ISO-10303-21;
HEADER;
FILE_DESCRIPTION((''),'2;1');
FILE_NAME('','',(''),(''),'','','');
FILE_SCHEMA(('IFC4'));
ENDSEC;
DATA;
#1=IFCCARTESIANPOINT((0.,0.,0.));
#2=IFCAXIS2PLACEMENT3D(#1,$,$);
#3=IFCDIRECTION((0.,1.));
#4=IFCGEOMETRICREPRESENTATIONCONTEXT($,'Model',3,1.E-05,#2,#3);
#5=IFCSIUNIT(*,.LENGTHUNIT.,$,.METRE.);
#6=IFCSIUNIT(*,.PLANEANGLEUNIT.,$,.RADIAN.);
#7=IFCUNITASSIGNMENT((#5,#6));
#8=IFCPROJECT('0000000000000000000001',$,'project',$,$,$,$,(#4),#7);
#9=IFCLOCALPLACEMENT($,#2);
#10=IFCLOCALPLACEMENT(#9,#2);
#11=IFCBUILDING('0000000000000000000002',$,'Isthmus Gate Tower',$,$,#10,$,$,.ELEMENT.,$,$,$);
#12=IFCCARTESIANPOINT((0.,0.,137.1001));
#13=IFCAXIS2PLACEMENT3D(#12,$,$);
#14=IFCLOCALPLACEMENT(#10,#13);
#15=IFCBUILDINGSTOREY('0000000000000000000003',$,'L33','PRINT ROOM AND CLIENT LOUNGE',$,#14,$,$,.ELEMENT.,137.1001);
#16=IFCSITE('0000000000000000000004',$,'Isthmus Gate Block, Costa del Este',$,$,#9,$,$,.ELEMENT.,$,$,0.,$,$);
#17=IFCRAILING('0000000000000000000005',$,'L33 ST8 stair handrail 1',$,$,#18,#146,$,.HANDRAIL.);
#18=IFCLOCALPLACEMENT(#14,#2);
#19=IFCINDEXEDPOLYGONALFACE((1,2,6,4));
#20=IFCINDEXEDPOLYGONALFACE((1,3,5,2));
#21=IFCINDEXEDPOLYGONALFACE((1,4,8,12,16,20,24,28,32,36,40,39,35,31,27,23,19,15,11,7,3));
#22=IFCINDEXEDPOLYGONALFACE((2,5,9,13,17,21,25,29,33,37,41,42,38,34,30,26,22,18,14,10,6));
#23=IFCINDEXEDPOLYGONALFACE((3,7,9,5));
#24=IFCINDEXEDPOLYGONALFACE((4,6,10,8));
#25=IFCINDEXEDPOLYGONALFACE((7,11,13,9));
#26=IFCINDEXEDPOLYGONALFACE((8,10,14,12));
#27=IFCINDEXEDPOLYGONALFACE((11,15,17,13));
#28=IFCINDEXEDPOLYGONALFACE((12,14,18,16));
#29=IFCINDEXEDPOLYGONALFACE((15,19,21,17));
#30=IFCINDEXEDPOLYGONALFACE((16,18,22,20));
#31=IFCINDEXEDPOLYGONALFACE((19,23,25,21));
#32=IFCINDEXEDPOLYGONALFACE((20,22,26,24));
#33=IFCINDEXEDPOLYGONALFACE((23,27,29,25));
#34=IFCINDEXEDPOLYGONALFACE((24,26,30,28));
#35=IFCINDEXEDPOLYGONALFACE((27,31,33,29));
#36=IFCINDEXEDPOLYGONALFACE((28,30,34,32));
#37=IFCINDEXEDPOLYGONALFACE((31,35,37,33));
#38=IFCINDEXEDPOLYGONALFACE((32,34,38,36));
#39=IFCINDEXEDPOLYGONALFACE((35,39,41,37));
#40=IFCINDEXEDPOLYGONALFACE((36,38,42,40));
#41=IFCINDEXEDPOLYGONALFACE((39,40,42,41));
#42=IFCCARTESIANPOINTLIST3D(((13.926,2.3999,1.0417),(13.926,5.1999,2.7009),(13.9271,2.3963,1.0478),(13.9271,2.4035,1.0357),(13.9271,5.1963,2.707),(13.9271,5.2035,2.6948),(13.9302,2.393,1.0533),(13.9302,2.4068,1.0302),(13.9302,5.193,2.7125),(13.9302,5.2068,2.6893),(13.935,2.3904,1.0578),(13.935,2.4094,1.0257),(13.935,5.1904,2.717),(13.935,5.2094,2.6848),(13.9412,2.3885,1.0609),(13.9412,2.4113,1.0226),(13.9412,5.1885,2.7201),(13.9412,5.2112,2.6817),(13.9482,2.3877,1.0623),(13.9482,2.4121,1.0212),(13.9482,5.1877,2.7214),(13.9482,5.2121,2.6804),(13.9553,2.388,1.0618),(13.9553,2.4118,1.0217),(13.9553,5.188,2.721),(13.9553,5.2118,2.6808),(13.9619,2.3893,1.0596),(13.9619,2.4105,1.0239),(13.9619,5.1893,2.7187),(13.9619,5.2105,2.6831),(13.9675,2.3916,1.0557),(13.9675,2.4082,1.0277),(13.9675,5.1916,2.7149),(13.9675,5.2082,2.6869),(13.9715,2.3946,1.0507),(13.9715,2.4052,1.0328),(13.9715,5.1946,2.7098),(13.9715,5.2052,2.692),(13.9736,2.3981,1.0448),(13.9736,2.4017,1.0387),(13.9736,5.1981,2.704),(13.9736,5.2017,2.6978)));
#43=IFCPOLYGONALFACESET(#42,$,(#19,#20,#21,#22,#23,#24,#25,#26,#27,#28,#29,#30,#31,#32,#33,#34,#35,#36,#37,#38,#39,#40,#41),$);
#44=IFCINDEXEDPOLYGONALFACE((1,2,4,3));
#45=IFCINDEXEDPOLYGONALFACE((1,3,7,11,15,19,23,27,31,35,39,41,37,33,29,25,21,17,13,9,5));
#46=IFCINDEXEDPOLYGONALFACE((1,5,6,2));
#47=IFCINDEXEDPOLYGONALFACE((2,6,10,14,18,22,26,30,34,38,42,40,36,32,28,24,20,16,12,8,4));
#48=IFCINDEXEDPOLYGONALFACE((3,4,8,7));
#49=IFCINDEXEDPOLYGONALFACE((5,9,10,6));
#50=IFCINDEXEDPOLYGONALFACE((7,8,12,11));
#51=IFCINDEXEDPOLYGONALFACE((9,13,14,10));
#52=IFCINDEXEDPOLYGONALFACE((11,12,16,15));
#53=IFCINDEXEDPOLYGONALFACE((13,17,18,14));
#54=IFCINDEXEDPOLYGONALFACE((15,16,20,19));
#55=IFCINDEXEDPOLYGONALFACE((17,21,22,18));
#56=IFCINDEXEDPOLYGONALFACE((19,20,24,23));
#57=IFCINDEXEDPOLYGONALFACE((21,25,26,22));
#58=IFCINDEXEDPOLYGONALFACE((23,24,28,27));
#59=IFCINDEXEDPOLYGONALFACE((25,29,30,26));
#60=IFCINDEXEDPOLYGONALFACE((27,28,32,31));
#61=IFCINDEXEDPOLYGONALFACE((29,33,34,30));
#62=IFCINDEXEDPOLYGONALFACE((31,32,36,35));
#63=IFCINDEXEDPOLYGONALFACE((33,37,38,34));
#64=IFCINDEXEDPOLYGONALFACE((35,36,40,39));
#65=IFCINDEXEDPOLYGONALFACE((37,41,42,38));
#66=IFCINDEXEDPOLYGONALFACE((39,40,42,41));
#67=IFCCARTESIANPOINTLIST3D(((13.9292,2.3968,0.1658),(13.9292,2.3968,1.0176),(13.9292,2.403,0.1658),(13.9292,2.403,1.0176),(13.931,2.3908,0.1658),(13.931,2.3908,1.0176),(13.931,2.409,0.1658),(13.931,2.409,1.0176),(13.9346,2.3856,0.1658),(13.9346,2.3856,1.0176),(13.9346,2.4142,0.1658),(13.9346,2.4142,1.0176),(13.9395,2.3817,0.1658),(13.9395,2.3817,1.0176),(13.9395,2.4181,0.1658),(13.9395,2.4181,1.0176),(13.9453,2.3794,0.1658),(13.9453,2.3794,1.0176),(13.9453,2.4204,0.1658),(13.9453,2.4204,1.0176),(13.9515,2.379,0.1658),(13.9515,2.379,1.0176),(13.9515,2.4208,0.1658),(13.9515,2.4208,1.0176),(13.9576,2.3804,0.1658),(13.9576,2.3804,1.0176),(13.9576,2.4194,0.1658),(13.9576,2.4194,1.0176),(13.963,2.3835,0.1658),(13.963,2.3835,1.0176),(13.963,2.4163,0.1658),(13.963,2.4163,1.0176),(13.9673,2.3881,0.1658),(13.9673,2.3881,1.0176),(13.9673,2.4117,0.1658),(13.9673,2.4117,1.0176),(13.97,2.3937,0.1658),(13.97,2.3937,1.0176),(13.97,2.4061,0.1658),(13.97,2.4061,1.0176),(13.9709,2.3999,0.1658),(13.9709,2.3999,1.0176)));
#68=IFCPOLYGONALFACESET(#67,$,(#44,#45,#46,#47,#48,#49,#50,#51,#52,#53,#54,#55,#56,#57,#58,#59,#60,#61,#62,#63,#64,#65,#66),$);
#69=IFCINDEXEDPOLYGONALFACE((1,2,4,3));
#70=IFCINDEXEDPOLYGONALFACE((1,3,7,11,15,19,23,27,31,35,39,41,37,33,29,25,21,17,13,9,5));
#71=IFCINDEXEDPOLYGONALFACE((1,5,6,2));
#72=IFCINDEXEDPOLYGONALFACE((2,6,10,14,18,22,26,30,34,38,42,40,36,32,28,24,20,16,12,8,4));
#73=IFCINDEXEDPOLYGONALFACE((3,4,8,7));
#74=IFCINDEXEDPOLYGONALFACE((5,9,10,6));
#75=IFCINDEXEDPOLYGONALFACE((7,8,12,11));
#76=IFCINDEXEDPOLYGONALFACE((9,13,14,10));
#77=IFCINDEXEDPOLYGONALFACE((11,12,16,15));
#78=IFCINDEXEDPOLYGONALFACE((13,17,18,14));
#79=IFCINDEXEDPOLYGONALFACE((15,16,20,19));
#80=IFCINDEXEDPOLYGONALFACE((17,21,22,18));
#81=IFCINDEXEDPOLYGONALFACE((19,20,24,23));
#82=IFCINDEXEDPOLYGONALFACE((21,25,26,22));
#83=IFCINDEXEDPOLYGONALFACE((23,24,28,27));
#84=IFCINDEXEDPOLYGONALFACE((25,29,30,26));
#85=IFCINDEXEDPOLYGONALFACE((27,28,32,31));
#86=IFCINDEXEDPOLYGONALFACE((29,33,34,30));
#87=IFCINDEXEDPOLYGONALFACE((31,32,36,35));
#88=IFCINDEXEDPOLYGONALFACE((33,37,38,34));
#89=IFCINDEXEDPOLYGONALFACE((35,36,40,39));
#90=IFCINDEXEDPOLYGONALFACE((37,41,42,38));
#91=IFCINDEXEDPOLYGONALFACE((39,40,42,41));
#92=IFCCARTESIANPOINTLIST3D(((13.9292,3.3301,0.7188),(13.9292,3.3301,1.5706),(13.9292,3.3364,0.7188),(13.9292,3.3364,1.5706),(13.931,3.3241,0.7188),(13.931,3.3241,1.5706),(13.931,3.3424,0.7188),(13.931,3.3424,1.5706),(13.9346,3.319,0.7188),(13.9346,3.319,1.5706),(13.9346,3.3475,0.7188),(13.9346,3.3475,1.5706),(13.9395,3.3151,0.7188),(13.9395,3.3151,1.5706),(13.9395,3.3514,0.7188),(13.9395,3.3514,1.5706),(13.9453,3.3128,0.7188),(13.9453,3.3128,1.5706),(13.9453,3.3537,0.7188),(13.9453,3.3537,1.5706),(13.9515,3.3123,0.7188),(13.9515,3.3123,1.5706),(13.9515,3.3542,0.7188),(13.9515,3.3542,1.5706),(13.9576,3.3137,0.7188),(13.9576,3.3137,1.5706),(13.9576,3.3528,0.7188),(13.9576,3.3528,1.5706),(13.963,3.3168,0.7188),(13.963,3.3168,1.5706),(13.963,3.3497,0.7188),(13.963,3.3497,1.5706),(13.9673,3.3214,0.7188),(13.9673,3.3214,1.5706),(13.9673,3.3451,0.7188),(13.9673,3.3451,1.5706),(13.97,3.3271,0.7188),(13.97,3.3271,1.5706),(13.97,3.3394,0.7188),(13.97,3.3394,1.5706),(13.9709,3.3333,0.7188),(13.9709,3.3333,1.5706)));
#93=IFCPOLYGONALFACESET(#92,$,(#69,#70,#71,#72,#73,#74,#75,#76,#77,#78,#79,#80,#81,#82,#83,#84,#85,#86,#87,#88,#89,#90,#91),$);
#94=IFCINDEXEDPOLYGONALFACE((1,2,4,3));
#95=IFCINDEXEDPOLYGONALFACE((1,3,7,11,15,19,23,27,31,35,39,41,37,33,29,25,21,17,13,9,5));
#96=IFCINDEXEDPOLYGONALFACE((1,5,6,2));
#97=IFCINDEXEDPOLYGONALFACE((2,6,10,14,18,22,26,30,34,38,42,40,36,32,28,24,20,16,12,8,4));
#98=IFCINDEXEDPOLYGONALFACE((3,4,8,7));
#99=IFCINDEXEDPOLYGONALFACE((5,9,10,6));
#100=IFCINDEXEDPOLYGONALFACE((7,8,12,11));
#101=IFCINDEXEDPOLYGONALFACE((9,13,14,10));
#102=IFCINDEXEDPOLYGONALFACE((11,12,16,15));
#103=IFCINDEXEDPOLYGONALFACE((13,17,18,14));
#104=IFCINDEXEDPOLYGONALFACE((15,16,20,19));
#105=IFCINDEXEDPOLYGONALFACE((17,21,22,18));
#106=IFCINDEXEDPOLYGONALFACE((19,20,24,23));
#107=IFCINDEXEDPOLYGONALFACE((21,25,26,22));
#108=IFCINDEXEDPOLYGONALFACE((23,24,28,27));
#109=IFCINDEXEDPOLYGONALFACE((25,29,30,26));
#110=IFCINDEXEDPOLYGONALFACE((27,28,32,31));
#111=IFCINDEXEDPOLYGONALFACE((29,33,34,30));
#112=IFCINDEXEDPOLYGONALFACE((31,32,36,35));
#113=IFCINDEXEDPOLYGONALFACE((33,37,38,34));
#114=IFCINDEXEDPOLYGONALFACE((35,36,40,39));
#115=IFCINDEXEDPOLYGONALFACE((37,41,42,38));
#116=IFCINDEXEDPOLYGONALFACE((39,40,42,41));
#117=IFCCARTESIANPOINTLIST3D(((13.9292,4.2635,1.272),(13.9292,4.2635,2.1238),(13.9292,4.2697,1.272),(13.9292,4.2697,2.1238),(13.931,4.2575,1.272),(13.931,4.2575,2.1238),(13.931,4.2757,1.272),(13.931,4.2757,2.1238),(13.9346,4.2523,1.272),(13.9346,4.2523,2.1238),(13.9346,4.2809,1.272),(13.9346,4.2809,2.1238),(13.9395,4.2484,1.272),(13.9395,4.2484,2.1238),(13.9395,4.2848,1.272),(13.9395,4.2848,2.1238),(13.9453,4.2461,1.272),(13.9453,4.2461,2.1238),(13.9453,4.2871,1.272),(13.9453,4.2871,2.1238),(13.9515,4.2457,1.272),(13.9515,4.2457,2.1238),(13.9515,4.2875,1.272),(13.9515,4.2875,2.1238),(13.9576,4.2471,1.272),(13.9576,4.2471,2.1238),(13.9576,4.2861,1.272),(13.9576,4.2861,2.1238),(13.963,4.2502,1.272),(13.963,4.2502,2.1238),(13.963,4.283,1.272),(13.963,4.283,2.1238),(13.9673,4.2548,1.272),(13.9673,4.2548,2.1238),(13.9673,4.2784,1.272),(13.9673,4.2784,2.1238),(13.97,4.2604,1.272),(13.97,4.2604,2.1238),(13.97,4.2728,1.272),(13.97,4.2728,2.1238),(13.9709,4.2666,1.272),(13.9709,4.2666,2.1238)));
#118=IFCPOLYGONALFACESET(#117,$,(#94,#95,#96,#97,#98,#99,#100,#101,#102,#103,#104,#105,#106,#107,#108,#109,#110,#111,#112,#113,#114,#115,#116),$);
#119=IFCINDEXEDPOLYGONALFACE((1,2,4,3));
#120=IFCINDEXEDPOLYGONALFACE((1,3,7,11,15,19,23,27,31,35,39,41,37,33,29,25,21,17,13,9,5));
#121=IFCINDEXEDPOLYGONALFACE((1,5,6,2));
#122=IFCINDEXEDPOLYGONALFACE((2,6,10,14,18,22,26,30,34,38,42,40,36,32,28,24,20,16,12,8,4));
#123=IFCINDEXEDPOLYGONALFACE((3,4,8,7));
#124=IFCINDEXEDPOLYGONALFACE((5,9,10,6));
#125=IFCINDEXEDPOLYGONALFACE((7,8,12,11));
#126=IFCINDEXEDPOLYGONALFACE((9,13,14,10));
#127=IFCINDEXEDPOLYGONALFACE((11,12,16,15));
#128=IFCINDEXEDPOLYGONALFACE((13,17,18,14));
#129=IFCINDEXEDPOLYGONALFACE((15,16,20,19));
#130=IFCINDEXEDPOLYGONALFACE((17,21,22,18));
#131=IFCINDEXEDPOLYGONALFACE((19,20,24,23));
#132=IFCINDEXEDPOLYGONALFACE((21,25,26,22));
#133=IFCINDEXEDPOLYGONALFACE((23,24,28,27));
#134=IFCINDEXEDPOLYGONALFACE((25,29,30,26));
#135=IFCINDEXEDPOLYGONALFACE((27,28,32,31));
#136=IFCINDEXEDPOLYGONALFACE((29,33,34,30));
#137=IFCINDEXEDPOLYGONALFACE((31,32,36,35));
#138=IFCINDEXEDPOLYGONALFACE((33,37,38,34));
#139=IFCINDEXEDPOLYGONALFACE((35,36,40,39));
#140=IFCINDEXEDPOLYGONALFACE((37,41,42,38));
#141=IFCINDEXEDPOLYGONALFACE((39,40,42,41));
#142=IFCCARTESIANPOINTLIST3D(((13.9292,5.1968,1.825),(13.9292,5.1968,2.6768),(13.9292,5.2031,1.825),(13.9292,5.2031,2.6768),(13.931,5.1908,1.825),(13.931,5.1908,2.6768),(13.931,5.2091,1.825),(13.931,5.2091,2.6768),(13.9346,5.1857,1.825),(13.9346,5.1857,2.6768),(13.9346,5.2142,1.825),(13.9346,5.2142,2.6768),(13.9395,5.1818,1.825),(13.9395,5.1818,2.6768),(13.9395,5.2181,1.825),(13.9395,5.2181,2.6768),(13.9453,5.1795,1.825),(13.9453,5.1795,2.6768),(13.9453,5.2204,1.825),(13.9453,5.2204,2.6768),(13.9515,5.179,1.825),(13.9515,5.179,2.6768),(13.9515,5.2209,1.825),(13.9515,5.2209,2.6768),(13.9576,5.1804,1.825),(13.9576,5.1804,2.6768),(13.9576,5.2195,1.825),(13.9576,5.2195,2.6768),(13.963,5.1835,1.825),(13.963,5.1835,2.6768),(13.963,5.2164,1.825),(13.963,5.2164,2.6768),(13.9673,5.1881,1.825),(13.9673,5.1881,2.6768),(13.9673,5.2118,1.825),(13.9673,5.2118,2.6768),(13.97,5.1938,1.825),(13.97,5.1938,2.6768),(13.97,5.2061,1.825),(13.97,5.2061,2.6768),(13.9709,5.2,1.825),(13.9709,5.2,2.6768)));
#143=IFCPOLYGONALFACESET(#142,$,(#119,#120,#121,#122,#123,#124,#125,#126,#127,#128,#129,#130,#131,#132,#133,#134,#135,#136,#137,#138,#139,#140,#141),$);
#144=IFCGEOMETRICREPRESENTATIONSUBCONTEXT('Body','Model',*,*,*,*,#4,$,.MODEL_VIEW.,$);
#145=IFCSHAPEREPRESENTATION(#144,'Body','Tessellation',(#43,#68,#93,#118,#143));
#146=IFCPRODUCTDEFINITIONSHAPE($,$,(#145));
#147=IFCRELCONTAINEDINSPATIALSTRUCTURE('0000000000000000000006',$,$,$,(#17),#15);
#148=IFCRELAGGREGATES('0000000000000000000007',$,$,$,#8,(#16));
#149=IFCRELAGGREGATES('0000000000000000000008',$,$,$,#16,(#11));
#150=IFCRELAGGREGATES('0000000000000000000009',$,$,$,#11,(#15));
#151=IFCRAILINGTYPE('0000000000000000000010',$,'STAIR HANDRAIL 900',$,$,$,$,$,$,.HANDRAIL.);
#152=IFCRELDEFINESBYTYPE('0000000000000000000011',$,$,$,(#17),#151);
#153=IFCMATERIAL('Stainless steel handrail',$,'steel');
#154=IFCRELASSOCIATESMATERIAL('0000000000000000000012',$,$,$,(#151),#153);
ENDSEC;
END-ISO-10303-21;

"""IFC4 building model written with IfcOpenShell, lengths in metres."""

from ifc_helpers import new_model, si_unit, direction, frame, origin, origin_2d, place, context, subcontext, project, spatial, circle, extrude, material, type_object, element, save


model = new_model("IFC4")

# Units and contexts
model_context = context("Model", 3, precision=1e-05, world=origin(), true_north=direction((0.0, 1.0)))
body_context = subcontext(model_context, "Body", "Model", "MODEL_VIEW")
ifc_project = project(units=[si_unit("LENGTHUNIT", "METRE"), si_unit("PLANEANGLEUNIT", "RADIAN")], contexts=[model_context])

# Site, building, storey
site_placement = place(None, origin())
site = spatial("IfcSite", under=ifc_project, at=site_placement, Name="Isthmus Gate Block, Costa del Este", CompositionType="ELEMENT", RefElevation=0.0)
building_placement = place(site_placement, origin())
building = spatial("IfcBuilding", under=site, at=building_placement, Name="Isthmus Gate Tower", CompositionType="ELEMENT")
storey_placement = place(building_placement, frame((0.0, 0.0, 137.1001)))
storey = spatial("IfcBuildingStorey", under=building, at=storey_placement, Name="L33", Description="PRINT ROOM AND CLIENT LOUNGE", CompositionType="ELEMENT", Elevation=137.1001)

# Railing
ifc_material_1 = material(Name="Stainless steel handrail", Category="steel")
railing_type_1 = type_object("IfcRailingType", Name="STAIR HANDRAIL 900", PredefinedType="HANDRAIL", material=ifc_material_1)
railing_1_placement = place(storey_placement, frame((13.95, 2.3999, 0.1658)))
element("IfcRailing", 1, at=railing_1_placement, inside=storey, type_object=railing_type_1, Name="L33 ST8 stair handrail 1", PredefinedType="HANDRAIL", context=body_context, shape_type="SweptSolid", body=[
    extrude(circle(Radius=0.0239, at=origin_2d()), frame((0.0, 0.0, 0.876), z_axis=(0.0, 0.860306, 0.509778), x_axis=(-1.0, 0.0, 0.0)), (0.0, 0.0, 1.0), 3.2546),
    extrude(circle(Radius=0.021, at=origin_2d()), origin(), (0.0, 0.0, 1.0), 0.8518),
    extrude(circle(Radius=0.021, at=origin_2d()), frame((0.0, 0.9333, 0.553)), (0.0, 0.0, 1.0), 0.8518),
    extrude(circle(Radius=0.021, at=origin_2d()), frame((0.0, 1.8667, 1.1062)), (0.0, 0.0, 1.0), 0.8518),
    extrude(circle(Radius=0.021, at=origin_2d()), frame((0.0, 2.8, 1.6592)), (0.0, 0.0, 1.0), 0.8518),
])

save(model, "model.ifc")
